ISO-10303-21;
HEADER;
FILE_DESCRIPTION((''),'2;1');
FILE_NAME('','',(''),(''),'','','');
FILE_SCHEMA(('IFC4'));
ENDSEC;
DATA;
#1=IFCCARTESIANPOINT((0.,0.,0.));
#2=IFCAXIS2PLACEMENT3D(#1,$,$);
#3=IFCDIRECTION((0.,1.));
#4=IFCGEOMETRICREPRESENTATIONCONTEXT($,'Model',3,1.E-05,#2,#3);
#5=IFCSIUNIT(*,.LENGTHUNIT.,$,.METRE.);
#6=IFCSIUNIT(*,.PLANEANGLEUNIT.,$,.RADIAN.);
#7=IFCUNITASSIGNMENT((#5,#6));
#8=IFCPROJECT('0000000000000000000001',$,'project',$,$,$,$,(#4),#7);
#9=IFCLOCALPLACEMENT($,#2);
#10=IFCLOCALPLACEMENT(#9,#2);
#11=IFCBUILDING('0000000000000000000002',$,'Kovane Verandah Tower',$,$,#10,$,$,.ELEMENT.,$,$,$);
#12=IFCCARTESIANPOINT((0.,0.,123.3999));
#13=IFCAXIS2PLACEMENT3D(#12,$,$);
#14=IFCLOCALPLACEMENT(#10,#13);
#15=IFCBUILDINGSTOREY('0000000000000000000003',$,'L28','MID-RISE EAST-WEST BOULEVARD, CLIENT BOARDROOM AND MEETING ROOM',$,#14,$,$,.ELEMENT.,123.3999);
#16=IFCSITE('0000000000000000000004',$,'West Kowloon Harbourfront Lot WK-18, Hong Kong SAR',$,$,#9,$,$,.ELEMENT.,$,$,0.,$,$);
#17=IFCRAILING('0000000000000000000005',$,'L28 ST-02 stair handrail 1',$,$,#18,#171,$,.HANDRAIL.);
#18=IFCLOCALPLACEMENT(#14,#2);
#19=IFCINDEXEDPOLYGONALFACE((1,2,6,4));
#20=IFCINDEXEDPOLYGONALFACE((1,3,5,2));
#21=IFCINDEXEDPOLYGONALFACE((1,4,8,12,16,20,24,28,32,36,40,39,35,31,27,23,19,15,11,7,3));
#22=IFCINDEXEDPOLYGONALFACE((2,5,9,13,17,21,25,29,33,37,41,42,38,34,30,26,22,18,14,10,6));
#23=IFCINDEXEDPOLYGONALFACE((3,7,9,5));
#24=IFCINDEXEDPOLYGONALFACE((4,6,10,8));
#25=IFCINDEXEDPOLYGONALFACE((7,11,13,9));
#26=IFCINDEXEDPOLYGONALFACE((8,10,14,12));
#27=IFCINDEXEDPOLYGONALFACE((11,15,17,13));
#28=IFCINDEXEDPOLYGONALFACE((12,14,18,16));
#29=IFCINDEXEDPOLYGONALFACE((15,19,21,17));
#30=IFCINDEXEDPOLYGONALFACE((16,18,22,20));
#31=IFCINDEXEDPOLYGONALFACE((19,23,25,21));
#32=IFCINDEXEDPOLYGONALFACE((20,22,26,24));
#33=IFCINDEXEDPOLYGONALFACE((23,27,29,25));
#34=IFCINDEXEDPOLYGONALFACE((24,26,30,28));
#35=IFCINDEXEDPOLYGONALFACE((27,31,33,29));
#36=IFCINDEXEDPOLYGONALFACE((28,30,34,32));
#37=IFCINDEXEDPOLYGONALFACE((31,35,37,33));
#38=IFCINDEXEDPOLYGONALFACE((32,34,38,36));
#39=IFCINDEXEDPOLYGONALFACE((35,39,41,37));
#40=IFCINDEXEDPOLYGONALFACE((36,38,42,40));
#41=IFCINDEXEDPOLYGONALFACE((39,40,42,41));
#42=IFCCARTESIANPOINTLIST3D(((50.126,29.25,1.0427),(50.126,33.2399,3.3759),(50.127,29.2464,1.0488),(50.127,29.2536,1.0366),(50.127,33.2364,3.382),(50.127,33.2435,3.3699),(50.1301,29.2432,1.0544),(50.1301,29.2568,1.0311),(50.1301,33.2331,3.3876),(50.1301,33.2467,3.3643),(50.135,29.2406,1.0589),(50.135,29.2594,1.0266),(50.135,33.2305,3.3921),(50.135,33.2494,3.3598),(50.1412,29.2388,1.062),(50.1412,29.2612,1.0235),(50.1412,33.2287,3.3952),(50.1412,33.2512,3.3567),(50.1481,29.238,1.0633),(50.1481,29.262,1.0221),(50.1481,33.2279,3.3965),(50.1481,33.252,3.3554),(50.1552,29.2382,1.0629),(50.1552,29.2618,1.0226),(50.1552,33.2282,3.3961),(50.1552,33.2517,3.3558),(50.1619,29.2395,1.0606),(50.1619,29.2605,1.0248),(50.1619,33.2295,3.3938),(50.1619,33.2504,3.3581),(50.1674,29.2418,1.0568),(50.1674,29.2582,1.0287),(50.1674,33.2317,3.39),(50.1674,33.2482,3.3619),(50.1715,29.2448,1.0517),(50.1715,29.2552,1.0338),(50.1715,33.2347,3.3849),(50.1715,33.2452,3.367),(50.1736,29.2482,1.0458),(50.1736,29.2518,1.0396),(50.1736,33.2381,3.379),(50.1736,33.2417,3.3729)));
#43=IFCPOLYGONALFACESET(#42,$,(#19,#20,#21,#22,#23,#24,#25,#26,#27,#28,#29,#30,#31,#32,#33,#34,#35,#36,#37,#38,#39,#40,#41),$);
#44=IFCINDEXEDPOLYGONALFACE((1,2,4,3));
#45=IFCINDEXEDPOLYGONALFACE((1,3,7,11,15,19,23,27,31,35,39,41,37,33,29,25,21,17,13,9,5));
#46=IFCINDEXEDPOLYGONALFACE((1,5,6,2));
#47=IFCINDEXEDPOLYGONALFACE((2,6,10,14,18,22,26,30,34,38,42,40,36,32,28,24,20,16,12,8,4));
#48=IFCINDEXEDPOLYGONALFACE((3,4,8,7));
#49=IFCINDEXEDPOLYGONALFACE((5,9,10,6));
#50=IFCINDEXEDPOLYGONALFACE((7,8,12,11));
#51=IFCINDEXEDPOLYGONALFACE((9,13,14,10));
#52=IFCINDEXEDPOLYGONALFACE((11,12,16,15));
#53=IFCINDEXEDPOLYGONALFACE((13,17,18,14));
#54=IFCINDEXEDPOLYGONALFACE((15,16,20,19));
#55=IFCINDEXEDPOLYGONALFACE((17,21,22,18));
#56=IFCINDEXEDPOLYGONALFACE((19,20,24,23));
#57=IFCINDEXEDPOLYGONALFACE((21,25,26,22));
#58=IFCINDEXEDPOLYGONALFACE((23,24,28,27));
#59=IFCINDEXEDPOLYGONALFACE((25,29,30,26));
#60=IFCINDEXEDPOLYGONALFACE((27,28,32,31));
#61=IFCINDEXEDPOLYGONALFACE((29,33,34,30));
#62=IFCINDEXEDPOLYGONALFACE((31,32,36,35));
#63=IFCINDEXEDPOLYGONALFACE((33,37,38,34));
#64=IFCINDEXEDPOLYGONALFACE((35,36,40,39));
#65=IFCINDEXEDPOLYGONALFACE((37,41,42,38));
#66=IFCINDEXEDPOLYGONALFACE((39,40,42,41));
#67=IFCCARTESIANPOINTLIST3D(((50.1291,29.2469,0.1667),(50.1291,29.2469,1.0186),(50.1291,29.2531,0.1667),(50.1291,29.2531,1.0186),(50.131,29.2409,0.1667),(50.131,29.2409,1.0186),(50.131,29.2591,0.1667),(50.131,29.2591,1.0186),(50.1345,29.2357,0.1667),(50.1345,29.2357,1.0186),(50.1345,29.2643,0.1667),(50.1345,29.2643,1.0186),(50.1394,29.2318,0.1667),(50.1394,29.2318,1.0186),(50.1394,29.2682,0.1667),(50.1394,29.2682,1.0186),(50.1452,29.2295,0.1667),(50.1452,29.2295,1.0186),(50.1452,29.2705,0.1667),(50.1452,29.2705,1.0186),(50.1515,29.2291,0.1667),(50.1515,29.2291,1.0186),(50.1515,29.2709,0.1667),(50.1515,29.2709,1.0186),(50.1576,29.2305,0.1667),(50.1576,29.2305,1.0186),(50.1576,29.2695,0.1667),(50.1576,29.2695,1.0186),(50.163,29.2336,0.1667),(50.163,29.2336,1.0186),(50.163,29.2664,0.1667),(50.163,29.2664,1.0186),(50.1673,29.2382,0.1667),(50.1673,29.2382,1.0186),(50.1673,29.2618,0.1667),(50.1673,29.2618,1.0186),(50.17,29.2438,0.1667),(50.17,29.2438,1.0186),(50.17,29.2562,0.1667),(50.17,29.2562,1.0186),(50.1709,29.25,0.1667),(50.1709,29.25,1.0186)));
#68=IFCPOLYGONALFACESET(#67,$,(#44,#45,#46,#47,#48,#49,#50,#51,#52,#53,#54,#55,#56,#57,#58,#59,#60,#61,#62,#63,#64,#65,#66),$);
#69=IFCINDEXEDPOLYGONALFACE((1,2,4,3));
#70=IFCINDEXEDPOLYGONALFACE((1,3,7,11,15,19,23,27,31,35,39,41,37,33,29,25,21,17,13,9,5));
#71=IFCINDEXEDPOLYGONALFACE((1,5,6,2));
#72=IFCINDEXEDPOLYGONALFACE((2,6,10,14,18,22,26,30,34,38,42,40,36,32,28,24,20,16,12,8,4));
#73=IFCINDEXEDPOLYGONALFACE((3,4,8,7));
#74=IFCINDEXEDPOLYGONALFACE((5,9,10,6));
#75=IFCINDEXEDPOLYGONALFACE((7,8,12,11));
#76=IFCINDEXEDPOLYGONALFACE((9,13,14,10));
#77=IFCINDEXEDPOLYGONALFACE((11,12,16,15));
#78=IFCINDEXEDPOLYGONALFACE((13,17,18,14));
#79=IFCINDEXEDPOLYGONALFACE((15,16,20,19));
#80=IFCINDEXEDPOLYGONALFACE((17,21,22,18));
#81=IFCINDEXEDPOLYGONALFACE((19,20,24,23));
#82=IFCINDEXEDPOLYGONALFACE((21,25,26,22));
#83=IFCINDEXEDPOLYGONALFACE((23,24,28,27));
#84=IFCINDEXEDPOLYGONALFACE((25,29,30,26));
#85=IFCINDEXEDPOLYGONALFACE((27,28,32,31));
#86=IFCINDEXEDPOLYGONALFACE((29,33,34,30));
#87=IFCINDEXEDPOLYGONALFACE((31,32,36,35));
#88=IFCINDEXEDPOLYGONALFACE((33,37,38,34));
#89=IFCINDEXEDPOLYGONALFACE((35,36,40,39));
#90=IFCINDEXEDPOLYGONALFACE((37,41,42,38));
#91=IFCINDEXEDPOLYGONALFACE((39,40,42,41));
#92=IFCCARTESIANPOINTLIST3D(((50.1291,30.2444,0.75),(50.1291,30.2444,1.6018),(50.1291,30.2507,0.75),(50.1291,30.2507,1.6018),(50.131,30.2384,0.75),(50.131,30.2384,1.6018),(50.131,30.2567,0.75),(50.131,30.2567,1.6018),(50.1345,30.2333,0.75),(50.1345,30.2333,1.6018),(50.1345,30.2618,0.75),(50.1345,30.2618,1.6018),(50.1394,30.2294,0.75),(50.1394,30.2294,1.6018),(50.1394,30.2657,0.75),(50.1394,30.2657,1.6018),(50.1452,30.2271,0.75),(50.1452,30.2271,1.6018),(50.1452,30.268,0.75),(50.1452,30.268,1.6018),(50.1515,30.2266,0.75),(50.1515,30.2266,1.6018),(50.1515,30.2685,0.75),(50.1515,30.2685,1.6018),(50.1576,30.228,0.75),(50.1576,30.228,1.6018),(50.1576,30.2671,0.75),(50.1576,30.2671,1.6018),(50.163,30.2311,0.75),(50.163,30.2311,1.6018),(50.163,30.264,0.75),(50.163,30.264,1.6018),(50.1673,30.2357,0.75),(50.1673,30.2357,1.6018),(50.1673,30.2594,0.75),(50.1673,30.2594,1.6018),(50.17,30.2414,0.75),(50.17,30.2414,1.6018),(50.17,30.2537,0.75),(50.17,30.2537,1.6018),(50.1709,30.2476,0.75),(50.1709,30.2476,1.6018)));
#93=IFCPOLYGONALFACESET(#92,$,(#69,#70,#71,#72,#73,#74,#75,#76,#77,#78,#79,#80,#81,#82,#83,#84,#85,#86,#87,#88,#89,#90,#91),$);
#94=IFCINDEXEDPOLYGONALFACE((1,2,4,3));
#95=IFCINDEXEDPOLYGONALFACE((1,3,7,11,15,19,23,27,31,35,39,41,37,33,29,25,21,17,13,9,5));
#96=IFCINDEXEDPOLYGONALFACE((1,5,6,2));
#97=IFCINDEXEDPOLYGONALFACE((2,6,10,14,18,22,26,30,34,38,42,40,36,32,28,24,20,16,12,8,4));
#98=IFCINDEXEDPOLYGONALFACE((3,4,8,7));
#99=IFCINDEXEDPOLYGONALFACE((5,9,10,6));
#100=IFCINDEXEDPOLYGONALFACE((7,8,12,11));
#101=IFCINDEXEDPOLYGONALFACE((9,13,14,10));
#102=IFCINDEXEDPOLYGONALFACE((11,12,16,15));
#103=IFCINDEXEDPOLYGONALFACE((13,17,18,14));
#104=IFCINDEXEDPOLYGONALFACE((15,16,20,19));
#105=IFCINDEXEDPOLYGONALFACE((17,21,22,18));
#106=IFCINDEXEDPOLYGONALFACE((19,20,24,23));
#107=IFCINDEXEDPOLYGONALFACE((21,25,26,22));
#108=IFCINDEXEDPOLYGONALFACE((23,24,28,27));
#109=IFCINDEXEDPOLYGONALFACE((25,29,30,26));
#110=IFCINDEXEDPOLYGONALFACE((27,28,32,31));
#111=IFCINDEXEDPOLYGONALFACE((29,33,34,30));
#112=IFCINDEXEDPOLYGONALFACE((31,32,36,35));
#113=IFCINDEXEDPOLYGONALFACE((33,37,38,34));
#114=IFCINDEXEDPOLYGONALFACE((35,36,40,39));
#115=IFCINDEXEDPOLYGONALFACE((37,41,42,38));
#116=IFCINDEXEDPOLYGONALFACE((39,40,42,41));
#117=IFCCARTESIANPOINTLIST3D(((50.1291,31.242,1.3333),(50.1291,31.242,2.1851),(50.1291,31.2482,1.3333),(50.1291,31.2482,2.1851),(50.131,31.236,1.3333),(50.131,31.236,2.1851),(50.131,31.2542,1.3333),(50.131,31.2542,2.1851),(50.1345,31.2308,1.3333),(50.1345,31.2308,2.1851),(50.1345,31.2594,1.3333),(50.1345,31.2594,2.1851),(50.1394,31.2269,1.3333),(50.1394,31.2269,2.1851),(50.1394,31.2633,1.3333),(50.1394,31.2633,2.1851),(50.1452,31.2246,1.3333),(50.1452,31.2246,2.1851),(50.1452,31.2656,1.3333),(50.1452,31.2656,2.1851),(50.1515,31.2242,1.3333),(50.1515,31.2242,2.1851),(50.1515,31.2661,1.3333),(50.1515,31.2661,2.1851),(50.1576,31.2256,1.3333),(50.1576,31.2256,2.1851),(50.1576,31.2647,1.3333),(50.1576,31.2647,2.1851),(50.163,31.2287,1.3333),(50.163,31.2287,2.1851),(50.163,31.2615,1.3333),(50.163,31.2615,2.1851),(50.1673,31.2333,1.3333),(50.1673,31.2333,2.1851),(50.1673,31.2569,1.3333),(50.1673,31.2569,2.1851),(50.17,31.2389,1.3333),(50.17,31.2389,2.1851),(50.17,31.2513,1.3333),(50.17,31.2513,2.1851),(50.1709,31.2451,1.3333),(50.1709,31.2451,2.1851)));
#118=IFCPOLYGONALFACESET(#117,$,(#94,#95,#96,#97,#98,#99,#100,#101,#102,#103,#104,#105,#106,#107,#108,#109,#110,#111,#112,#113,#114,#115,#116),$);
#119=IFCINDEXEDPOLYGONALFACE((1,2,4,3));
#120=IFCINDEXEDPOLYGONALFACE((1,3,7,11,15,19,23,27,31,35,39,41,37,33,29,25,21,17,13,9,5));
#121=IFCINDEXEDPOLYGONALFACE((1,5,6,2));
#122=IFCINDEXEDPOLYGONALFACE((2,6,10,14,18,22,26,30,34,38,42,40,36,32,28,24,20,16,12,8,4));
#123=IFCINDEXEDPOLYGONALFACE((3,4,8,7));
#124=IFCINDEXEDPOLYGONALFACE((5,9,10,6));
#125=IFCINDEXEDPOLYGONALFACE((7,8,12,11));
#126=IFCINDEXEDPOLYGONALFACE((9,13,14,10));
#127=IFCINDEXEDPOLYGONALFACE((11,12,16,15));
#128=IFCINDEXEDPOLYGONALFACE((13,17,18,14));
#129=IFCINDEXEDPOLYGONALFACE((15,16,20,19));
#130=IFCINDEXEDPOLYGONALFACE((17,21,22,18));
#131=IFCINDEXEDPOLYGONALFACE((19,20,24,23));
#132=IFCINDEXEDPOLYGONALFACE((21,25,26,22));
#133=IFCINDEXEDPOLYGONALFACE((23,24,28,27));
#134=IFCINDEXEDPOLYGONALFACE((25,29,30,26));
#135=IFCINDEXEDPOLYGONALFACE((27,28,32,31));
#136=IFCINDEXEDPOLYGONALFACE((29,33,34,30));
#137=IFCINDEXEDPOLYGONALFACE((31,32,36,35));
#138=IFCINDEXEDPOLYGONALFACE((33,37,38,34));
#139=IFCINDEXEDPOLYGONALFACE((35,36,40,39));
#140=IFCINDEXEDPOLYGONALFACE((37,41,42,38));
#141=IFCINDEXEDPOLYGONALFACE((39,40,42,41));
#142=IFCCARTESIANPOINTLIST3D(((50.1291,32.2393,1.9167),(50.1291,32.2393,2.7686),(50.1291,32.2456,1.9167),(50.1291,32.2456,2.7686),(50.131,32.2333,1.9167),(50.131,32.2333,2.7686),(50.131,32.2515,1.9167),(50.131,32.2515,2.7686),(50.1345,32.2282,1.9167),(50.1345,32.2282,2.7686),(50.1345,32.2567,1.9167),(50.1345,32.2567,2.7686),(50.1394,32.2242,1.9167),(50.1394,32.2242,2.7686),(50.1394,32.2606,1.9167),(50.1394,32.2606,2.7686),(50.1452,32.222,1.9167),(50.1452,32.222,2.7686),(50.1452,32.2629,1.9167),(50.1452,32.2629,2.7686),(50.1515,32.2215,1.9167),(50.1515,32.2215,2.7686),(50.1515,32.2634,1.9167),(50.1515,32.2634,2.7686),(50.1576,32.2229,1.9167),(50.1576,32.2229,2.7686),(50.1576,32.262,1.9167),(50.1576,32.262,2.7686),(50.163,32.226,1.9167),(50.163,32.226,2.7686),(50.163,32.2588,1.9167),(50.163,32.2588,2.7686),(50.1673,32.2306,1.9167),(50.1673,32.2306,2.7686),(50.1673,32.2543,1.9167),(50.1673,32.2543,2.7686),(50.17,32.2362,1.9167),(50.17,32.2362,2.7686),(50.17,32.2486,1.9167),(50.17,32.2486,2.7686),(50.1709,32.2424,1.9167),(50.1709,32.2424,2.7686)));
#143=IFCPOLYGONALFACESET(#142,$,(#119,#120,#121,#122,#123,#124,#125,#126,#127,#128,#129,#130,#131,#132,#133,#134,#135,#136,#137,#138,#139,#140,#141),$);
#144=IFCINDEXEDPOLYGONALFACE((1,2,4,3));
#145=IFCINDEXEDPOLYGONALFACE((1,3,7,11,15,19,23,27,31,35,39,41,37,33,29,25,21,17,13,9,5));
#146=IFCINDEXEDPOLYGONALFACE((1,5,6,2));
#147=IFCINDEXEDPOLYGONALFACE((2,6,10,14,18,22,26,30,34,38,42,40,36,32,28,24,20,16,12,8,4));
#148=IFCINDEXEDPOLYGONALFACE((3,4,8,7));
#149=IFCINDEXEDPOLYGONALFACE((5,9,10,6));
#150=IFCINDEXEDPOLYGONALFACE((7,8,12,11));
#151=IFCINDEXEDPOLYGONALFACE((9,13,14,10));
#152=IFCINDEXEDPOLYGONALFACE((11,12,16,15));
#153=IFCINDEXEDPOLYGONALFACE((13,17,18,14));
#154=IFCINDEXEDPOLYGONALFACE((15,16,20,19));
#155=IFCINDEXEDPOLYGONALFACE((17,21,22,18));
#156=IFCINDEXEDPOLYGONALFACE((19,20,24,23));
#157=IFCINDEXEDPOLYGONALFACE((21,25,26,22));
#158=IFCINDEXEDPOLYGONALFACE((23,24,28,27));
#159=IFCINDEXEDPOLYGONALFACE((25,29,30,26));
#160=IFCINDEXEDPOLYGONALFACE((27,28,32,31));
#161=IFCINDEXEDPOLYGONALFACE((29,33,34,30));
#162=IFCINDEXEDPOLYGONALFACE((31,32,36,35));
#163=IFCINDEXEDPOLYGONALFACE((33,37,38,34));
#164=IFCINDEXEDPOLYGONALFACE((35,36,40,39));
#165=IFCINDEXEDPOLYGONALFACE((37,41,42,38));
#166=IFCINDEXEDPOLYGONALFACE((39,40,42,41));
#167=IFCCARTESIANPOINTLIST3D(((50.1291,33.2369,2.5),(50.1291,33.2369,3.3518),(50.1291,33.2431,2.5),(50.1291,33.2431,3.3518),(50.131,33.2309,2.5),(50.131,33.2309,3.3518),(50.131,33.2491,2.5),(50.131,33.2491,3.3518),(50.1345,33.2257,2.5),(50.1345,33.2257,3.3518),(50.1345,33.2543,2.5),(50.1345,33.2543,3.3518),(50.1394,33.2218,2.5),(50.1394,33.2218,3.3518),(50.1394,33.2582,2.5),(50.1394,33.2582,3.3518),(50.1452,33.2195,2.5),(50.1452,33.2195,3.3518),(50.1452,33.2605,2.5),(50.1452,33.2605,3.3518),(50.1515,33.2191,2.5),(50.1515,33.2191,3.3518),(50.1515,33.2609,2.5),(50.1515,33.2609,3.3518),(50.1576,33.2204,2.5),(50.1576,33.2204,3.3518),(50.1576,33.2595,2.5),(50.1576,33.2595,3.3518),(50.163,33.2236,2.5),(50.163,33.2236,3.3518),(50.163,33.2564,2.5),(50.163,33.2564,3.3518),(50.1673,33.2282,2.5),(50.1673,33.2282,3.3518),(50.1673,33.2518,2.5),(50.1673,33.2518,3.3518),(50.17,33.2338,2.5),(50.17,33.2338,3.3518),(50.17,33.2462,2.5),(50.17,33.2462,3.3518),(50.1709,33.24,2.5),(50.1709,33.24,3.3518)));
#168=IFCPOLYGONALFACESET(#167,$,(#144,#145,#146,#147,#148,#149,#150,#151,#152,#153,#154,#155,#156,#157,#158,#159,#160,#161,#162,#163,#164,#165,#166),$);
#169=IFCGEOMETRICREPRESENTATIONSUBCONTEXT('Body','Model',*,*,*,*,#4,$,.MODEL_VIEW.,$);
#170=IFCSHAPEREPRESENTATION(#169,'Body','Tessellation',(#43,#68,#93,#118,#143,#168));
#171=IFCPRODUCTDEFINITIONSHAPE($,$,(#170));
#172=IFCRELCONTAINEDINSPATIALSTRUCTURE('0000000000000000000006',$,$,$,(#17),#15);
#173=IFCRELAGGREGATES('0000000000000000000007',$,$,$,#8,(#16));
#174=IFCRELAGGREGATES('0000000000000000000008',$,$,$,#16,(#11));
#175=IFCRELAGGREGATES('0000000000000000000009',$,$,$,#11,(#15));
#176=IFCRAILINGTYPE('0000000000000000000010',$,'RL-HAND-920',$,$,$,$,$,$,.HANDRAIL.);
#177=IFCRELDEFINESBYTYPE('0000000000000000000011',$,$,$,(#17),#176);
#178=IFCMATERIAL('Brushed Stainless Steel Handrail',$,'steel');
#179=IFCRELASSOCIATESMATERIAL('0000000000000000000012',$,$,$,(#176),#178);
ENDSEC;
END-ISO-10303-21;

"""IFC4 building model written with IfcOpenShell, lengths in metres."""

from ifc_helpers import new_model, si_unit, direction, frame, origin, origin_2d, place, context, subcontext, project, spatial, circle, extrude, material, type_object, element, save


model = new_model("IFC4")

# Units and contexts
model_context = context("Model", 3, precision=1e-05, world=origin(), true_north=direction((0.0, 1.0)))
body_context = subcontext(model_context, "Body", "Model", "MODEL_VIEW")
ifc_project = project(units=[si_unit("LENGTHUNIT", "METRE"), si_unit("PLANEANGLEUNIT", "RADIAN")], contexts=[model_context])

# Site, building, storey
site_placement = place(None, origin())
site = spatial("IfcSite", under=ifc_project, at=site_placement, Name="West Kowloon Harbourfront Lot WK-18, Hong Kong SAR", CompositionType="ELEMENT", RefElevation=0.0)
building_placement = place(site_placement, origin())
building = spatial("IfcBuilding", under=site, at=building_placement, Name="Kovane Verandah Tower", CompositionType="ELEMENT")
storey_placement = place(building_placement, frame((0.0, 0.0, 123.3999)))
storey = spatial("IfcBuildingStorey", under=building, at=storey_placement, Name="L28", Description="MID-RISE EAST-WEST BOULEVARD, CLIENT BOARDROOM AND MEETING ROOM", CompositionType="ELEMENT", Elevation=123.3999)

# Railing
ifc_material_1 = material(Name="Brushed Stainless Steel Handrail", Category="steel")
railing_type_1 = type_object("IfcRailingType", Name="RL-HAND-920", PredefinedType="HANDRAIL", material=ifc_material_1)
railing_1_placement = place(storey_placement, frame((50.1499, 29.25, 0.1667)))
element("IfcRailing", 1, at=railing_1_placement, inside=storey, type_object=railing_type_1, Name="L28 ST-02 stair handrail 1", PredefinedType="HANDRAIL", context=body_context, shape_type="SweptSolid", body=[
    extrude(circle(Radius=0.0239, at=origin_2d()), frame((0.0, 0.0, 0.876), z_axis=(0.0, 0.863236, 0.5048), x_axis=(-1.0, 0.0, 0.0)), (0.0, 0.0, 1.0), 4.6221),
    extrude(circle(Radius=0.021, at=origin_2d()), origin(), (0.0, 0.0, 1.0), 0.8518),
    extrude(circle(Radius=0.021, at=origin_2d()), frame((0.0, 0.9976, 0.5833)), (0.0, 0.0, 1.0), 0.8518),
    extrude(circle(Radius=0.021, at=origin_2d()), frame((0.0, 1.9951, 1.1665)), (0.0, 0.0, 1.0), 0.8518),
    extrude(circle(Radius=0.021, at=origin_2d()), frame((0.0, 2.9924, 1.75)), (0.0, 0.0, 1.0), 0.8518),
    extrude(circle(Radius=0.021, at=origin_2d()), frame((0.0, 3.99, 2.3333)), (0.0, 0.0, 1.0), 0.8518),
])

save(model, "model.ifc")
